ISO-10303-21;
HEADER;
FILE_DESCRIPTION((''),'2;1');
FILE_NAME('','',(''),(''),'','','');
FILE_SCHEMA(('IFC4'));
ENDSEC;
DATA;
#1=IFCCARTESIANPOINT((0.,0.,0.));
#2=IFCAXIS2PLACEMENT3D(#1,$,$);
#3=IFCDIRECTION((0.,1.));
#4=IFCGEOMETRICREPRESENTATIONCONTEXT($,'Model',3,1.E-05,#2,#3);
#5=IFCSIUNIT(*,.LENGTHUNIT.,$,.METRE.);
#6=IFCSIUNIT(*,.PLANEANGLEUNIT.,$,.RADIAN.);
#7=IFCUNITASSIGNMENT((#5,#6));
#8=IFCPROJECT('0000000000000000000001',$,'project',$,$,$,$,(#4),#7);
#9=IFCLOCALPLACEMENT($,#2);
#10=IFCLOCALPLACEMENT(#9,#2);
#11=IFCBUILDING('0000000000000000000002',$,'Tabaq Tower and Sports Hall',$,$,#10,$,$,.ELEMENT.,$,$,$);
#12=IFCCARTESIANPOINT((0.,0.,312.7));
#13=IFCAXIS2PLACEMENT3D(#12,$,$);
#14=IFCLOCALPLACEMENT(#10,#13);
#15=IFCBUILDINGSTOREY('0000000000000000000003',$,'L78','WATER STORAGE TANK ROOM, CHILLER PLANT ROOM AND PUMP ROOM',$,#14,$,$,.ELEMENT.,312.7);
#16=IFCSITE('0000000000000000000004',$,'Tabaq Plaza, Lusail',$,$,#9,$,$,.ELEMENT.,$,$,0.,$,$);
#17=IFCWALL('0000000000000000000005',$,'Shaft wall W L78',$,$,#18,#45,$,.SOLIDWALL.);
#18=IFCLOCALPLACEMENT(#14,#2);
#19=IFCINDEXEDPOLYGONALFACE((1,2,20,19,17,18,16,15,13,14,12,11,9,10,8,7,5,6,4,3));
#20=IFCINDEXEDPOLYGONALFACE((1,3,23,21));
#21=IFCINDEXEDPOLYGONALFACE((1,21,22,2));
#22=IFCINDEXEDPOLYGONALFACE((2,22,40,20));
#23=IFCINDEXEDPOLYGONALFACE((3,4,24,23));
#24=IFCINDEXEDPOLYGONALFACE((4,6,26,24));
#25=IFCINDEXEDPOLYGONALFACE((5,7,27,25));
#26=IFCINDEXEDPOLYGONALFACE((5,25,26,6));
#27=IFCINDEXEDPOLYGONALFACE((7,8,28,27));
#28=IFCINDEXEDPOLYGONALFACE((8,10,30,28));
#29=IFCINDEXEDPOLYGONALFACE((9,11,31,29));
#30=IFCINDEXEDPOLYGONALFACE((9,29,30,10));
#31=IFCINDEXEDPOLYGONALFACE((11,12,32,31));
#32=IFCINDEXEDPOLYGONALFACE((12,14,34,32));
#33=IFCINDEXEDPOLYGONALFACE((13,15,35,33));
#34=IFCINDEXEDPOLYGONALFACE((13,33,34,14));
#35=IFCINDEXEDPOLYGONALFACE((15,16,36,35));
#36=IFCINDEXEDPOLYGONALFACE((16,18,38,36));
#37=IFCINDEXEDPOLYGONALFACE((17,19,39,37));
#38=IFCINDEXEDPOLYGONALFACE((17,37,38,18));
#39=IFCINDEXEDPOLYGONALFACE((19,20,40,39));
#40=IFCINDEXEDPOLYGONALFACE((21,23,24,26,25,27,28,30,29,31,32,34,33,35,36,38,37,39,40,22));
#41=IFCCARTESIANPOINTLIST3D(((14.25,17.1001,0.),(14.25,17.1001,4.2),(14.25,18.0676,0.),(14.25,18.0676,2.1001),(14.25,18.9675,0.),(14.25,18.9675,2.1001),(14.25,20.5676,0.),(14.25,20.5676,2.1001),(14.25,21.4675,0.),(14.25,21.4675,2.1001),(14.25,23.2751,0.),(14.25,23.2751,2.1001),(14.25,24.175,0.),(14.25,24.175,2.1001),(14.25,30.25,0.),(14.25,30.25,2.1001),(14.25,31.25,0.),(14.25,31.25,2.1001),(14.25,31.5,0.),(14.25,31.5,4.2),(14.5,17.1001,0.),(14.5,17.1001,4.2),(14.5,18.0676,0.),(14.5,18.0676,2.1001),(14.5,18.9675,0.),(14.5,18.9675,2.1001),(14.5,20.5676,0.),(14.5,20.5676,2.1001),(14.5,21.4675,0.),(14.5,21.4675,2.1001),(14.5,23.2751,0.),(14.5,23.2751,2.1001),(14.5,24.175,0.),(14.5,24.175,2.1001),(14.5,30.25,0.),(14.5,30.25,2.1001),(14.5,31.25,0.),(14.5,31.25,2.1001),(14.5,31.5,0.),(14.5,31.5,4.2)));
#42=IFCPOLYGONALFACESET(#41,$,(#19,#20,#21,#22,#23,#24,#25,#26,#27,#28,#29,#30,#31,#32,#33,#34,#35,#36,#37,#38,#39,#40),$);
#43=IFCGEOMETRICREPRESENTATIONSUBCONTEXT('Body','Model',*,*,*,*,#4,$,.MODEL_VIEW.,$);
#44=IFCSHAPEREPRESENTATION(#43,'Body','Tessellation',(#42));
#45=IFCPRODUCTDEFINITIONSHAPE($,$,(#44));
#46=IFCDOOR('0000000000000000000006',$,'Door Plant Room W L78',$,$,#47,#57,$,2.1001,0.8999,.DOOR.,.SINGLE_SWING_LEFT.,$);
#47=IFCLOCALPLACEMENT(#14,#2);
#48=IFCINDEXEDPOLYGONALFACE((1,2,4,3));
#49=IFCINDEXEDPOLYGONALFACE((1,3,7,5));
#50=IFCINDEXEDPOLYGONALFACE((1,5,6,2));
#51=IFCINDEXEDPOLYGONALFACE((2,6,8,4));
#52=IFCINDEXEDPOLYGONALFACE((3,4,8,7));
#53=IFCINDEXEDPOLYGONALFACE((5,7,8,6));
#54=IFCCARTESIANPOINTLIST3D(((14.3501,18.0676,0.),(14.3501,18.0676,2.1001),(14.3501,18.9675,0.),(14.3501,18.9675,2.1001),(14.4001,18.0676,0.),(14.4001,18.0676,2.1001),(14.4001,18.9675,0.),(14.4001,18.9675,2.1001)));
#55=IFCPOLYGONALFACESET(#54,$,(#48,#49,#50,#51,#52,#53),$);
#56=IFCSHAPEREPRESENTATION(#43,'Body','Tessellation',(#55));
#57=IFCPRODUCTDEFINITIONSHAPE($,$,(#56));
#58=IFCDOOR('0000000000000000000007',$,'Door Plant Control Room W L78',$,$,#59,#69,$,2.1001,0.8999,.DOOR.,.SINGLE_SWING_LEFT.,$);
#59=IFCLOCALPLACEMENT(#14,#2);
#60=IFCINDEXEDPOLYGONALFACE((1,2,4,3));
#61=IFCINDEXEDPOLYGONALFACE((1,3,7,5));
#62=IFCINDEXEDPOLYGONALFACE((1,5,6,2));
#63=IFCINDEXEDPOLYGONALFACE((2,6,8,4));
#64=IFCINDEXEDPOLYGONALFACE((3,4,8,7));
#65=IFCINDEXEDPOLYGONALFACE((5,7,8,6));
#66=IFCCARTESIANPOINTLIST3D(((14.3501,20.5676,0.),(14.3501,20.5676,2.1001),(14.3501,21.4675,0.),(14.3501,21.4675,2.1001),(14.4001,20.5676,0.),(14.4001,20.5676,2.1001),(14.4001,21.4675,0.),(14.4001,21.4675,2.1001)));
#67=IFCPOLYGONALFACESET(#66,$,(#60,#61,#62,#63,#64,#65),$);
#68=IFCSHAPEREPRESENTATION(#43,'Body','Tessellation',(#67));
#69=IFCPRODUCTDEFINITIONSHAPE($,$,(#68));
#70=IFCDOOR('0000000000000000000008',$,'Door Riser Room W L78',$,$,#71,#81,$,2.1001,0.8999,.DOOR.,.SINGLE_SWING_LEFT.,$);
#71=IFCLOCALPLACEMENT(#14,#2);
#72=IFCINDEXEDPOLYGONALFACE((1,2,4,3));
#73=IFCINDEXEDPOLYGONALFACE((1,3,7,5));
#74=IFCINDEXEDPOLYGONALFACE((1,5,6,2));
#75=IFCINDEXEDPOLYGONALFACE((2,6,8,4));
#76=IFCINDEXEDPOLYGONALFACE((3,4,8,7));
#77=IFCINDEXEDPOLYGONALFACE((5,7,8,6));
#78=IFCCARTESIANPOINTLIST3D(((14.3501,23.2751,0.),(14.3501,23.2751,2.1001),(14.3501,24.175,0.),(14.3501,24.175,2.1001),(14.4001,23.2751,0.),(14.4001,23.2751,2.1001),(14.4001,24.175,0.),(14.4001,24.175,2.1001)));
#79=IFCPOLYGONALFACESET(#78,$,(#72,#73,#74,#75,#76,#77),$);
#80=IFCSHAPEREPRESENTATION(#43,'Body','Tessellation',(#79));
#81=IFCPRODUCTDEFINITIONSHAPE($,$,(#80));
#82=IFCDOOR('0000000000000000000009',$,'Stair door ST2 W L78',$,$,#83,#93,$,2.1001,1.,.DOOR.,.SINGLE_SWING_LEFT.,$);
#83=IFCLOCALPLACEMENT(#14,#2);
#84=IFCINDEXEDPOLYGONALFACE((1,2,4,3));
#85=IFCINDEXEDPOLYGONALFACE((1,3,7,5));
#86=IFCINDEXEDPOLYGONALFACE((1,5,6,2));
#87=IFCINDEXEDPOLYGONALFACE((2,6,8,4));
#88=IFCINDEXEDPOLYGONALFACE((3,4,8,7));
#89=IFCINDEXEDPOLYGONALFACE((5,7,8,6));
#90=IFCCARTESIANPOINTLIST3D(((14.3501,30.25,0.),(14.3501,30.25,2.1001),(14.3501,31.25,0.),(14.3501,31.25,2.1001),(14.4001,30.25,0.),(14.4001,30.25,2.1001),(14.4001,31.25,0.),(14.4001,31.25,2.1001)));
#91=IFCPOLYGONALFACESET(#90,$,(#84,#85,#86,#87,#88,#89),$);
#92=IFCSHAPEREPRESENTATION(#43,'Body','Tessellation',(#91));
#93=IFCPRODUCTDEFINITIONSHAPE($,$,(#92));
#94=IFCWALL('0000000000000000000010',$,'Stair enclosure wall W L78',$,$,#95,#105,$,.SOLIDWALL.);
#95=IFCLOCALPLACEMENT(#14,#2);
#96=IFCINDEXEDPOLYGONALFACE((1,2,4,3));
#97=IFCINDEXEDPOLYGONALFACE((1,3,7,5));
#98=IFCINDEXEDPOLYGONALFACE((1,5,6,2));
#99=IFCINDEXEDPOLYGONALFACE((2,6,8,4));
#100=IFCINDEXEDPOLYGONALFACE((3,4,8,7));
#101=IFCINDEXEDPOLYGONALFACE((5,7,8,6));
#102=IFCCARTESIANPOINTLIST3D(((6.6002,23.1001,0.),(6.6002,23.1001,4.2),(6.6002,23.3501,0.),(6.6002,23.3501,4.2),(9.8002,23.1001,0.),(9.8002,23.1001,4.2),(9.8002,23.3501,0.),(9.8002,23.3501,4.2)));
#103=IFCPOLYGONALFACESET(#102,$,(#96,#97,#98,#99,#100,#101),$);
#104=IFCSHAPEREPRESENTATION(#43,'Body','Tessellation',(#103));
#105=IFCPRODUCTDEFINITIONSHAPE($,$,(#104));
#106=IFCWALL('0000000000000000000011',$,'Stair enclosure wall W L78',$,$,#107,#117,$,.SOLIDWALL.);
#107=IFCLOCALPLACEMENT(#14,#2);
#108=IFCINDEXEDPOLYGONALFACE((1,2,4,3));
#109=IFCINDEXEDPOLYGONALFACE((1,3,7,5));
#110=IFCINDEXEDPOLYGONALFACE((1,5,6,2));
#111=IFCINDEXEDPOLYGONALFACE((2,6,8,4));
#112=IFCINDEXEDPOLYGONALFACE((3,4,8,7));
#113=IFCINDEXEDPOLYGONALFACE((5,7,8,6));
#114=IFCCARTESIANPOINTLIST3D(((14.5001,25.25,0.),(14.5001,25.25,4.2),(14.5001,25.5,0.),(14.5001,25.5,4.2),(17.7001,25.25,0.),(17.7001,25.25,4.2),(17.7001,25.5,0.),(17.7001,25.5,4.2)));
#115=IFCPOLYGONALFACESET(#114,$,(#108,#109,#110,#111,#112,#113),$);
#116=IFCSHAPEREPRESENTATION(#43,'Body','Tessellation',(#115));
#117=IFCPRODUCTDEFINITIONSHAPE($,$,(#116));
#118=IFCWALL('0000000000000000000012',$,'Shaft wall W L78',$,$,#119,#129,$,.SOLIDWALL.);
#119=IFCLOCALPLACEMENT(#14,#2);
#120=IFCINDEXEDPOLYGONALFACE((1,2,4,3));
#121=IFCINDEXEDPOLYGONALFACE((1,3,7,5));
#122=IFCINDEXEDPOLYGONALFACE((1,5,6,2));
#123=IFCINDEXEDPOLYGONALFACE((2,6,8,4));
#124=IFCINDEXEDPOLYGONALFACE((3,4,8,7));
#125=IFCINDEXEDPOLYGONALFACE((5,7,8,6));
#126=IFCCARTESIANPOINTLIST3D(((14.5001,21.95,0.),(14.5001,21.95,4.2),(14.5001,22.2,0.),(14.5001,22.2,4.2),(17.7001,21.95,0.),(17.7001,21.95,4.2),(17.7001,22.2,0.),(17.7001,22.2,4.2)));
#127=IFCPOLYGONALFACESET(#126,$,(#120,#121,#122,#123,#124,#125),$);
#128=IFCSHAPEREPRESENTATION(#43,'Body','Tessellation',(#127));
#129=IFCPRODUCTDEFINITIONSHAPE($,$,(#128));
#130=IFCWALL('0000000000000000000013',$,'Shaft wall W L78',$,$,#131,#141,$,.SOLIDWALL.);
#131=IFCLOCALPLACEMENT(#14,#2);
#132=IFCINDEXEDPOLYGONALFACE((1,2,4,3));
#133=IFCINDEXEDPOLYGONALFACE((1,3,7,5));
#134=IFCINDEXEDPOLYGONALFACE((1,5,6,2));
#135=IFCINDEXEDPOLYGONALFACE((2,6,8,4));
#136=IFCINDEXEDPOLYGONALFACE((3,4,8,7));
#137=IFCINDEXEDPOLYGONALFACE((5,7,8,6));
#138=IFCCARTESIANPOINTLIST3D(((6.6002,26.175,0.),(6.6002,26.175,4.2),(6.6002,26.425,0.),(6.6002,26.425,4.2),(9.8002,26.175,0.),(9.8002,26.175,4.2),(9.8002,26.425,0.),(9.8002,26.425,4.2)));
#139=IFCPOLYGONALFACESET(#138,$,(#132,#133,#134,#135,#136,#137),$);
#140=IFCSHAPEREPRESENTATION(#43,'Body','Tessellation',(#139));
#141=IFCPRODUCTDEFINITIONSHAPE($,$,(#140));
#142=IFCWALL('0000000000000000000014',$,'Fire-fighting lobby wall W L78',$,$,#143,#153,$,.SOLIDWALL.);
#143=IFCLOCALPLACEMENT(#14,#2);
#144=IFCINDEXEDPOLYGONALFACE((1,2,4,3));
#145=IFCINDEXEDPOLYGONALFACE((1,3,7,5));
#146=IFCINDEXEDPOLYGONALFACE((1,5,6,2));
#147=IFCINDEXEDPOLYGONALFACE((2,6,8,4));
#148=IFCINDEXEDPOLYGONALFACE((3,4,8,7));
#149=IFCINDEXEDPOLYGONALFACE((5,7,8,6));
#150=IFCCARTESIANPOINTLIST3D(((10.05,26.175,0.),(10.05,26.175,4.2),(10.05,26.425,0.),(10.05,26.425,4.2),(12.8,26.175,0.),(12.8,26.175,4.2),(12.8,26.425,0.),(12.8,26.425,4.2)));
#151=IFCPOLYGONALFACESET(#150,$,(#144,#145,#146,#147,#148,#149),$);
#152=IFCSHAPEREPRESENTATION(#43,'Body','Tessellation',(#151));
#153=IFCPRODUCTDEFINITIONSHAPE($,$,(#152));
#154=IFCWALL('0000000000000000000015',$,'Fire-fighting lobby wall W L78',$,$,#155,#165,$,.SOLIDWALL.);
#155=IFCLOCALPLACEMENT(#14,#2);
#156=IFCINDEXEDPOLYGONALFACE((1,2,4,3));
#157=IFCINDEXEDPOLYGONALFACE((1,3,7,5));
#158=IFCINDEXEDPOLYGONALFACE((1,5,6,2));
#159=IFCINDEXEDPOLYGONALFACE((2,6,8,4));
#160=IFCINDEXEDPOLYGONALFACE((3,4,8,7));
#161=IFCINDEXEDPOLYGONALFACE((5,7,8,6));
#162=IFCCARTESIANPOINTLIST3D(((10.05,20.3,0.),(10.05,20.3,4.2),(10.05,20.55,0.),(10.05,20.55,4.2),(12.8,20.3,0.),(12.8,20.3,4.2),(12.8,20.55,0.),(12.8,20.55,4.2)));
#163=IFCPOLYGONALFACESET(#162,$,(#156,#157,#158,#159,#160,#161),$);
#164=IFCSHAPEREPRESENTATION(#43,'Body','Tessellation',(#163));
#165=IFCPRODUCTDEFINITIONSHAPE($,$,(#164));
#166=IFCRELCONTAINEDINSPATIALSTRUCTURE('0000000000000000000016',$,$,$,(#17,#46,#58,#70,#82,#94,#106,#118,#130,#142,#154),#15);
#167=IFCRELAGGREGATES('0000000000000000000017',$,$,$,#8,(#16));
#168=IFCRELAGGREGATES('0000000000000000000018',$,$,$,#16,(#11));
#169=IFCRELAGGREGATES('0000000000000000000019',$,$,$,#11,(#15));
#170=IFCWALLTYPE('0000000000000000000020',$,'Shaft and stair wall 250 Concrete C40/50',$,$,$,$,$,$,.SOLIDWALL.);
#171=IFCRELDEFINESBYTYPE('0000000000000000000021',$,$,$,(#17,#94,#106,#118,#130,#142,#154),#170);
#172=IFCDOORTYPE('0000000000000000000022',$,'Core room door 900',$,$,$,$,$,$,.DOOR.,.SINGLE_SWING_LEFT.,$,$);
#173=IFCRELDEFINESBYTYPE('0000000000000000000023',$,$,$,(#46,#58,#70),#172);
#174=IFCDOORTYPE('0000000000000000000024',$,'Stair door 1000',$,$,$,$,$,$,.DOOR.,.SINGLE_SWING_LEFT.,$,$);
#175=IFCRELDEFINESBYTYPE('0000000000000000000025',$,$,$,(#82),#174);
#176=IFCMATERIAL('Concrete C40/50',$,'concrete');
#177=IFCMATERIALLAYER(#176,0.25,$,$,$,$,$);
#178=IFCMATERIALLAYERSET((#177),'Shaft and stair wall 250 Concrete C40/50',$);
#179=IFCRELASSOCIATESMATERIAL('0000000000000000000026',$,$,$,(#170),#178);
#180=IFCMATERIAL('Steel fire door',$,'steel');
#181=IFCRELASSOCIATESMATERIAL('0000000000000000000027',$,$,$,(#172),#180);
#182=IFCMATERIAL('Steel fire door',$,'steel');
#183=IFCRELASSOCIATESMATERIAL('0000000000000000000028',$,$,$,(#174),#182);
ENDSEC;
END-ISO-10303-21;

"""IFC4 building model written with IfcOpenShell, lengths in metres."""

from ifc_helpers import new_model, si_unit, direction, frame, frame_2d, origin, place, context, subcontext, project, spatial, rectangle, extrude, material, layer, layer_set, type_object, element, fill, save


model = new_model("IFC4")

# Units and contexts
model_context = context("Model", 3, precision=1e-05, world=origin(), true_north=direction((0.0, 1.0)))
body_context = subcontext(model_context, "Body", "Model", "MODEL_VIEW")
ifc_project = project(units=[si_unit("LENGTHUNIT", "METRE"), si_unit("PLANEANGLEUNIT", "RADIAN")], contexts=[model_context])

# Site, building, storey
site_placement = place(None, origin())
site = spatial("IfcSite", under=ifc_project, at=site_placement, Name="Tabaq Plaza, Lusail", CompositionType="ELEMENT", RefElevation=0.0)
building_placement = place(site_placement, origin())
building = spatial("IfcBuilding", under=site, at=building_placement, Name="Tabaq Tower and Sports Hall", CompositionType="ELEMENT")
storey_placement = place(building_placement, frame((0.0, 0.0, 312.7)))
storey = spatial("IfcBuildingStorey", under=building, at=storey_placement, Name="L78", Description="WATER STORAGE TANK ROOM, CHILLER PLANT ROOM AND PUMP ROOM", CompositionType="ELEMENT", Elevation=312.7)

# Wall, openings, doors
ifc_material_1 = material(Name="Concrete C40/50", Category="concrete")
ifc_layer_1 = layer(ifc_material_1, 0.25)
ifc_layer_set_1 = layer_set([ifc_layer_1], Name="Shaft and stair wall 250 Concrete C40/50")
wall_type_1 = type_object("IfcWallType", Name="Shaft and stair wall 250 Concrete C40/50", PredefinedType="SOLIDWALL", material=ifc_layer_set_1)
ifc_material_2 = material(Name="Steel fire door", Category="steel")
door_type_1 = type_object("IfcDoorType", Name="Core room door 900", OperationType="SINGLE_SWING_LEFT", PredefinedType="DOOR", material=ifc_material_2)
ifc_material_3 = material(Name="Steel fire door", Category="steel")
door_type_2 = type_object("IfcDoorType", Name="Stair door 1000", OperationType="SINGLE_SWING_LEFT", PredefinedType="DOOR", material=ifc_material_3)
wall_1_placement = place(storey_placement, frame((14.375, 17.1001, 0.0), z_axis=(0.0, 0.0, 1.0), x_axis=(0.0, 1.0, 0.0)))
wall_1 = element("IfcWall", 1, at=wall_1_placement, inside=storey, type_object=wall_type_1, Name="Shaft wall W L78", PredefinedType="SOLIDWALL", context=body_context, shape_type="SweptSolid", body=[
    extrude(rectangle(XDim=14.3999, YDim=0.25, at=frame_2d((7.2, 0.0))), origin(), (0.0, 0.0, 1.0), 4.2),
])
opening_1_placement = place(wall_1_placement, frame((13.1499, 0.0, 0.0)))
opening_1 = element("IfcOpeningElement", 2, at=opening_1_placement, cuts=wall_1, PredefinedType="OPENING", context=body_context, shape_type="SweptSolid", body=[
    extrude(rectangle(XDim=1.0, YDim=2.1001, at=frame_2d((0.5, 1.05))), frame((0.0, 0.125, 0.0), z_axis=(0.0, -1.0, 0.0), x_axis=(1.0, 0.0, 0.0)), (0.0, 0.0, 1.0), 0.25),
])
opening_2_placement = place(wall_1_placement, frame((0.9675, 0.0, 0.0)))
opening_2 = element("IfcOpeningElement", 3, at=opening_2_placement, cuts=wall_1, PredefinedType="OPENING", context=body_context, shape_type="SweptSolid", body=[
    extrude(rectangle(XDim=0.8999, YDim=2.1001, at=frame_2d((0.45, 1.05))), frame((0.0, 0.125, 0.0), z_axis=(0.0, -1.0, 0.0), x_axis=(1.0, 0.0, 0.0)), (0.0, 0.0, 1.0), 0.25),
])
opening_3_placement = place(wall_1_placement, frame((3.4675, 0.0, 0.0)))
opening_3 = element("IfcOpeningElement", 4, at=opening_3_placement, cuts=wall_1, PredefinedType="OPENING", context=body_context, shape_type="SweptSolid", body=[
    extrude(rectangle(XDim=0.8999, YDim=2.1001, at=frame_2d((0.45, 1.05))), frame((0.0, 0.125, 0.0), z_axis=(0.0, -1.0, 0.0), x_axis=(1.0, 0.0, 0.0)), (0.0, 0.0, 1.0), 0.25),
])
opening_4_placement = place(wall_1_placement, frame((6.175, 0.0, 0.0)))
opening_4 = element("IfcOpeningElement", 5, at=opening_4_placement, cuts=wall_1, PredefinedType="OPENING", context=body_context, shape_type="SweptSolid", body=[
    extrude(rectangle(XDim=0.8999, YDim=2.1001, at=frame_2d((0.45, 1.05))), frame((0.0, 0.125, 0.0), z_axis=(0.0, -1.0, 0.0), x_axis=(1.0, 0.0, 0.0)), (0.0, 0.0, 1.0), 0.25),
])
door_1_placement = place(opening_2_placement, origin())
door_1 = element("IfcDoor", 6, at=door_1_placement, inside=storey, type_object=door_type_1, Name="Door Plant Room W L78", OperationType="SINGLE_SWING_LEFT", OverallHeight=2.1001, OverallWidth=0.8999, PredefinedType="DOOR", context=body_context, shape_type="SweptSolid", body=[
    extrude(rectangle(XDim=0.8999, YDim=2.1001, at=frame_2d((0.45, 1.05))), frame((0.0, 0.0249, 0.0), z_axis=(0.0, -1.0, 0.0), x_axis=(1.0, 0.0, 0.0)), (0.0, 0.0, 1.0), 0.05),
])
fill(opening_2, door_1)
door_2_placement = place(opening_3_placement, origin())
door_2 = element("IfcDoor", 7, at=door_2_placement, inside=storey, type_object=door_type_1, Name="Door Plant Control Room W L78", OperationType="SINGLE_SWING_LEFT", OverallHeight=2.1001, OverallWidth=0.8999, PredefinedType="DOOR", context=body_context, shape_type="SweptSolid", body=[
    extrude(rectangle(XDim=0.8999, YDim=2.1001, at=frame_2d((0.45, 1.05))), frame((0.0, 0.0249, 0.0), z_axis=(0.0, -1.0, 0.0), x_axis=(1.0, 0.0, 0.0)), (0.0, 0.0, 1.0), 0.05),
])
fill(opening_3, door_2)
door_3_placement = place(opening_4_placement, origin())
door_3 = element("IfcDoor", 8, at=door_3_placement, inside=storey, type_object=door_type_1, Name="Door Riser Room W L78", OperationType="SINGLE_SWING_LEFT", OverallHeight=2.1001, OverallWidth=0.8999, PredefinedType="DOOR", context=body_context, shape_type="SweptSolid", body=[
    extrude(rectangle(XDim=0.8999, YDim=2.1001, at=frame_2d((0.45, 1.05))), frame((0.0, 0.0249, 0.0), z_axis=(0.0, -1.0, 0.0), x_axis=(1.0, 0.0, 0.0)), (0.0, 0.0, 1.0), 0.05),
])
fill(opening_4, door_3)
door_4_placement = place(opening_1_placement, origin())
door_4 = element("IfcDoor", 9, at=door_4_placement, inside=storey, type_object=door_type_2, Name="Stair door ST2 W L78", OperationType="SINGLE_SWING_LEFT", OverallHeight=2.1001, OverallWidth=1.0, PredefinedType="DOOR", context=body_context, shape_type="SweptSolid", body=[
    extrude(rectangle(XDim=1.0, YDim=2.1001, at=frame_2d((0.5, 1.05))), frame((0.0, 0.0249, 0.0), z_axis=(0.0, -1.0, 0.0), x_axis=(1.0, 0.0, 0.0)), (0.0, 0.0, 1.0), 0.05),
])
fill(opening_1, door_4)

# Walls
for number, where, z_axis, x_axis, name in (
    (10, (6.6001, 23.2251, 0.0), (0.0, 0.0, 1.0), (1.0, 0.0, 0.0), "Stair enclosure wall W L78"),
    (11, (14.5, 25.375, 0.0), (0.0, 0.0, 1.0), (1.0, 0.0, 0.0), "Stair enclosure wall W L78"),
    (12, (14.5, 22.075, 0.0), (0.0, 0.0, 1.0), (1.0, 0.0, 0.0), "Shaft wall W L78"),
    (13, (6.6001, 26.3, 0.0), (0.0, 0.0, 1.0), (1.0, 0.0, 0.0), "Shaft wall W L78"),
):
    element("IfcWall", number, at=place(storey_placement, frame(where, z_axis=z_axis, x_axis=x_axis)), inside=storey, type_object=wall_type_1, Name=name, PredefinedType="SOLIDWALL", context=body_context, shape_type="SweptSolid", body=[
        extrude(rectangle(XDim=3.2, YDim=0.25, at=frame_2d((1.6001, 0.0))), origin(), (0.0, 0.0, 1.0), 4.2),
    ])
for number, where, z_axis, x_axis, name in (
    (14, (10.05, 26.3, 0.0), (0.0, 0.0, 1.0), (1.0, 0.0, 0.0), "Fire-fighting lobby wall W L78"),
    (15, (10.05, 20.425, 0.0), (0.0, 0.0, 1.0), (1.0, 0.0, 0.0), "Fire-fighting lobby wall W L78"),
):
    element("IfcWall", number, at=place(storey_placement, frame(where, z_axis=z_axis, x_axis=x_axis)), inside=storey, type_object=wall_type_1, Name=name, PredefinedType="SOLIDWALL", context=body_context, shape_type="SweptSolid", body=[
        extrude(rectangle(XDim=2.75, YDim=0.25, at=frame_2d((1.375, 0.0))), origin(), (0.0, 0.0, 1.0), 4.2),
    ])

save(model, "model.ifc")
